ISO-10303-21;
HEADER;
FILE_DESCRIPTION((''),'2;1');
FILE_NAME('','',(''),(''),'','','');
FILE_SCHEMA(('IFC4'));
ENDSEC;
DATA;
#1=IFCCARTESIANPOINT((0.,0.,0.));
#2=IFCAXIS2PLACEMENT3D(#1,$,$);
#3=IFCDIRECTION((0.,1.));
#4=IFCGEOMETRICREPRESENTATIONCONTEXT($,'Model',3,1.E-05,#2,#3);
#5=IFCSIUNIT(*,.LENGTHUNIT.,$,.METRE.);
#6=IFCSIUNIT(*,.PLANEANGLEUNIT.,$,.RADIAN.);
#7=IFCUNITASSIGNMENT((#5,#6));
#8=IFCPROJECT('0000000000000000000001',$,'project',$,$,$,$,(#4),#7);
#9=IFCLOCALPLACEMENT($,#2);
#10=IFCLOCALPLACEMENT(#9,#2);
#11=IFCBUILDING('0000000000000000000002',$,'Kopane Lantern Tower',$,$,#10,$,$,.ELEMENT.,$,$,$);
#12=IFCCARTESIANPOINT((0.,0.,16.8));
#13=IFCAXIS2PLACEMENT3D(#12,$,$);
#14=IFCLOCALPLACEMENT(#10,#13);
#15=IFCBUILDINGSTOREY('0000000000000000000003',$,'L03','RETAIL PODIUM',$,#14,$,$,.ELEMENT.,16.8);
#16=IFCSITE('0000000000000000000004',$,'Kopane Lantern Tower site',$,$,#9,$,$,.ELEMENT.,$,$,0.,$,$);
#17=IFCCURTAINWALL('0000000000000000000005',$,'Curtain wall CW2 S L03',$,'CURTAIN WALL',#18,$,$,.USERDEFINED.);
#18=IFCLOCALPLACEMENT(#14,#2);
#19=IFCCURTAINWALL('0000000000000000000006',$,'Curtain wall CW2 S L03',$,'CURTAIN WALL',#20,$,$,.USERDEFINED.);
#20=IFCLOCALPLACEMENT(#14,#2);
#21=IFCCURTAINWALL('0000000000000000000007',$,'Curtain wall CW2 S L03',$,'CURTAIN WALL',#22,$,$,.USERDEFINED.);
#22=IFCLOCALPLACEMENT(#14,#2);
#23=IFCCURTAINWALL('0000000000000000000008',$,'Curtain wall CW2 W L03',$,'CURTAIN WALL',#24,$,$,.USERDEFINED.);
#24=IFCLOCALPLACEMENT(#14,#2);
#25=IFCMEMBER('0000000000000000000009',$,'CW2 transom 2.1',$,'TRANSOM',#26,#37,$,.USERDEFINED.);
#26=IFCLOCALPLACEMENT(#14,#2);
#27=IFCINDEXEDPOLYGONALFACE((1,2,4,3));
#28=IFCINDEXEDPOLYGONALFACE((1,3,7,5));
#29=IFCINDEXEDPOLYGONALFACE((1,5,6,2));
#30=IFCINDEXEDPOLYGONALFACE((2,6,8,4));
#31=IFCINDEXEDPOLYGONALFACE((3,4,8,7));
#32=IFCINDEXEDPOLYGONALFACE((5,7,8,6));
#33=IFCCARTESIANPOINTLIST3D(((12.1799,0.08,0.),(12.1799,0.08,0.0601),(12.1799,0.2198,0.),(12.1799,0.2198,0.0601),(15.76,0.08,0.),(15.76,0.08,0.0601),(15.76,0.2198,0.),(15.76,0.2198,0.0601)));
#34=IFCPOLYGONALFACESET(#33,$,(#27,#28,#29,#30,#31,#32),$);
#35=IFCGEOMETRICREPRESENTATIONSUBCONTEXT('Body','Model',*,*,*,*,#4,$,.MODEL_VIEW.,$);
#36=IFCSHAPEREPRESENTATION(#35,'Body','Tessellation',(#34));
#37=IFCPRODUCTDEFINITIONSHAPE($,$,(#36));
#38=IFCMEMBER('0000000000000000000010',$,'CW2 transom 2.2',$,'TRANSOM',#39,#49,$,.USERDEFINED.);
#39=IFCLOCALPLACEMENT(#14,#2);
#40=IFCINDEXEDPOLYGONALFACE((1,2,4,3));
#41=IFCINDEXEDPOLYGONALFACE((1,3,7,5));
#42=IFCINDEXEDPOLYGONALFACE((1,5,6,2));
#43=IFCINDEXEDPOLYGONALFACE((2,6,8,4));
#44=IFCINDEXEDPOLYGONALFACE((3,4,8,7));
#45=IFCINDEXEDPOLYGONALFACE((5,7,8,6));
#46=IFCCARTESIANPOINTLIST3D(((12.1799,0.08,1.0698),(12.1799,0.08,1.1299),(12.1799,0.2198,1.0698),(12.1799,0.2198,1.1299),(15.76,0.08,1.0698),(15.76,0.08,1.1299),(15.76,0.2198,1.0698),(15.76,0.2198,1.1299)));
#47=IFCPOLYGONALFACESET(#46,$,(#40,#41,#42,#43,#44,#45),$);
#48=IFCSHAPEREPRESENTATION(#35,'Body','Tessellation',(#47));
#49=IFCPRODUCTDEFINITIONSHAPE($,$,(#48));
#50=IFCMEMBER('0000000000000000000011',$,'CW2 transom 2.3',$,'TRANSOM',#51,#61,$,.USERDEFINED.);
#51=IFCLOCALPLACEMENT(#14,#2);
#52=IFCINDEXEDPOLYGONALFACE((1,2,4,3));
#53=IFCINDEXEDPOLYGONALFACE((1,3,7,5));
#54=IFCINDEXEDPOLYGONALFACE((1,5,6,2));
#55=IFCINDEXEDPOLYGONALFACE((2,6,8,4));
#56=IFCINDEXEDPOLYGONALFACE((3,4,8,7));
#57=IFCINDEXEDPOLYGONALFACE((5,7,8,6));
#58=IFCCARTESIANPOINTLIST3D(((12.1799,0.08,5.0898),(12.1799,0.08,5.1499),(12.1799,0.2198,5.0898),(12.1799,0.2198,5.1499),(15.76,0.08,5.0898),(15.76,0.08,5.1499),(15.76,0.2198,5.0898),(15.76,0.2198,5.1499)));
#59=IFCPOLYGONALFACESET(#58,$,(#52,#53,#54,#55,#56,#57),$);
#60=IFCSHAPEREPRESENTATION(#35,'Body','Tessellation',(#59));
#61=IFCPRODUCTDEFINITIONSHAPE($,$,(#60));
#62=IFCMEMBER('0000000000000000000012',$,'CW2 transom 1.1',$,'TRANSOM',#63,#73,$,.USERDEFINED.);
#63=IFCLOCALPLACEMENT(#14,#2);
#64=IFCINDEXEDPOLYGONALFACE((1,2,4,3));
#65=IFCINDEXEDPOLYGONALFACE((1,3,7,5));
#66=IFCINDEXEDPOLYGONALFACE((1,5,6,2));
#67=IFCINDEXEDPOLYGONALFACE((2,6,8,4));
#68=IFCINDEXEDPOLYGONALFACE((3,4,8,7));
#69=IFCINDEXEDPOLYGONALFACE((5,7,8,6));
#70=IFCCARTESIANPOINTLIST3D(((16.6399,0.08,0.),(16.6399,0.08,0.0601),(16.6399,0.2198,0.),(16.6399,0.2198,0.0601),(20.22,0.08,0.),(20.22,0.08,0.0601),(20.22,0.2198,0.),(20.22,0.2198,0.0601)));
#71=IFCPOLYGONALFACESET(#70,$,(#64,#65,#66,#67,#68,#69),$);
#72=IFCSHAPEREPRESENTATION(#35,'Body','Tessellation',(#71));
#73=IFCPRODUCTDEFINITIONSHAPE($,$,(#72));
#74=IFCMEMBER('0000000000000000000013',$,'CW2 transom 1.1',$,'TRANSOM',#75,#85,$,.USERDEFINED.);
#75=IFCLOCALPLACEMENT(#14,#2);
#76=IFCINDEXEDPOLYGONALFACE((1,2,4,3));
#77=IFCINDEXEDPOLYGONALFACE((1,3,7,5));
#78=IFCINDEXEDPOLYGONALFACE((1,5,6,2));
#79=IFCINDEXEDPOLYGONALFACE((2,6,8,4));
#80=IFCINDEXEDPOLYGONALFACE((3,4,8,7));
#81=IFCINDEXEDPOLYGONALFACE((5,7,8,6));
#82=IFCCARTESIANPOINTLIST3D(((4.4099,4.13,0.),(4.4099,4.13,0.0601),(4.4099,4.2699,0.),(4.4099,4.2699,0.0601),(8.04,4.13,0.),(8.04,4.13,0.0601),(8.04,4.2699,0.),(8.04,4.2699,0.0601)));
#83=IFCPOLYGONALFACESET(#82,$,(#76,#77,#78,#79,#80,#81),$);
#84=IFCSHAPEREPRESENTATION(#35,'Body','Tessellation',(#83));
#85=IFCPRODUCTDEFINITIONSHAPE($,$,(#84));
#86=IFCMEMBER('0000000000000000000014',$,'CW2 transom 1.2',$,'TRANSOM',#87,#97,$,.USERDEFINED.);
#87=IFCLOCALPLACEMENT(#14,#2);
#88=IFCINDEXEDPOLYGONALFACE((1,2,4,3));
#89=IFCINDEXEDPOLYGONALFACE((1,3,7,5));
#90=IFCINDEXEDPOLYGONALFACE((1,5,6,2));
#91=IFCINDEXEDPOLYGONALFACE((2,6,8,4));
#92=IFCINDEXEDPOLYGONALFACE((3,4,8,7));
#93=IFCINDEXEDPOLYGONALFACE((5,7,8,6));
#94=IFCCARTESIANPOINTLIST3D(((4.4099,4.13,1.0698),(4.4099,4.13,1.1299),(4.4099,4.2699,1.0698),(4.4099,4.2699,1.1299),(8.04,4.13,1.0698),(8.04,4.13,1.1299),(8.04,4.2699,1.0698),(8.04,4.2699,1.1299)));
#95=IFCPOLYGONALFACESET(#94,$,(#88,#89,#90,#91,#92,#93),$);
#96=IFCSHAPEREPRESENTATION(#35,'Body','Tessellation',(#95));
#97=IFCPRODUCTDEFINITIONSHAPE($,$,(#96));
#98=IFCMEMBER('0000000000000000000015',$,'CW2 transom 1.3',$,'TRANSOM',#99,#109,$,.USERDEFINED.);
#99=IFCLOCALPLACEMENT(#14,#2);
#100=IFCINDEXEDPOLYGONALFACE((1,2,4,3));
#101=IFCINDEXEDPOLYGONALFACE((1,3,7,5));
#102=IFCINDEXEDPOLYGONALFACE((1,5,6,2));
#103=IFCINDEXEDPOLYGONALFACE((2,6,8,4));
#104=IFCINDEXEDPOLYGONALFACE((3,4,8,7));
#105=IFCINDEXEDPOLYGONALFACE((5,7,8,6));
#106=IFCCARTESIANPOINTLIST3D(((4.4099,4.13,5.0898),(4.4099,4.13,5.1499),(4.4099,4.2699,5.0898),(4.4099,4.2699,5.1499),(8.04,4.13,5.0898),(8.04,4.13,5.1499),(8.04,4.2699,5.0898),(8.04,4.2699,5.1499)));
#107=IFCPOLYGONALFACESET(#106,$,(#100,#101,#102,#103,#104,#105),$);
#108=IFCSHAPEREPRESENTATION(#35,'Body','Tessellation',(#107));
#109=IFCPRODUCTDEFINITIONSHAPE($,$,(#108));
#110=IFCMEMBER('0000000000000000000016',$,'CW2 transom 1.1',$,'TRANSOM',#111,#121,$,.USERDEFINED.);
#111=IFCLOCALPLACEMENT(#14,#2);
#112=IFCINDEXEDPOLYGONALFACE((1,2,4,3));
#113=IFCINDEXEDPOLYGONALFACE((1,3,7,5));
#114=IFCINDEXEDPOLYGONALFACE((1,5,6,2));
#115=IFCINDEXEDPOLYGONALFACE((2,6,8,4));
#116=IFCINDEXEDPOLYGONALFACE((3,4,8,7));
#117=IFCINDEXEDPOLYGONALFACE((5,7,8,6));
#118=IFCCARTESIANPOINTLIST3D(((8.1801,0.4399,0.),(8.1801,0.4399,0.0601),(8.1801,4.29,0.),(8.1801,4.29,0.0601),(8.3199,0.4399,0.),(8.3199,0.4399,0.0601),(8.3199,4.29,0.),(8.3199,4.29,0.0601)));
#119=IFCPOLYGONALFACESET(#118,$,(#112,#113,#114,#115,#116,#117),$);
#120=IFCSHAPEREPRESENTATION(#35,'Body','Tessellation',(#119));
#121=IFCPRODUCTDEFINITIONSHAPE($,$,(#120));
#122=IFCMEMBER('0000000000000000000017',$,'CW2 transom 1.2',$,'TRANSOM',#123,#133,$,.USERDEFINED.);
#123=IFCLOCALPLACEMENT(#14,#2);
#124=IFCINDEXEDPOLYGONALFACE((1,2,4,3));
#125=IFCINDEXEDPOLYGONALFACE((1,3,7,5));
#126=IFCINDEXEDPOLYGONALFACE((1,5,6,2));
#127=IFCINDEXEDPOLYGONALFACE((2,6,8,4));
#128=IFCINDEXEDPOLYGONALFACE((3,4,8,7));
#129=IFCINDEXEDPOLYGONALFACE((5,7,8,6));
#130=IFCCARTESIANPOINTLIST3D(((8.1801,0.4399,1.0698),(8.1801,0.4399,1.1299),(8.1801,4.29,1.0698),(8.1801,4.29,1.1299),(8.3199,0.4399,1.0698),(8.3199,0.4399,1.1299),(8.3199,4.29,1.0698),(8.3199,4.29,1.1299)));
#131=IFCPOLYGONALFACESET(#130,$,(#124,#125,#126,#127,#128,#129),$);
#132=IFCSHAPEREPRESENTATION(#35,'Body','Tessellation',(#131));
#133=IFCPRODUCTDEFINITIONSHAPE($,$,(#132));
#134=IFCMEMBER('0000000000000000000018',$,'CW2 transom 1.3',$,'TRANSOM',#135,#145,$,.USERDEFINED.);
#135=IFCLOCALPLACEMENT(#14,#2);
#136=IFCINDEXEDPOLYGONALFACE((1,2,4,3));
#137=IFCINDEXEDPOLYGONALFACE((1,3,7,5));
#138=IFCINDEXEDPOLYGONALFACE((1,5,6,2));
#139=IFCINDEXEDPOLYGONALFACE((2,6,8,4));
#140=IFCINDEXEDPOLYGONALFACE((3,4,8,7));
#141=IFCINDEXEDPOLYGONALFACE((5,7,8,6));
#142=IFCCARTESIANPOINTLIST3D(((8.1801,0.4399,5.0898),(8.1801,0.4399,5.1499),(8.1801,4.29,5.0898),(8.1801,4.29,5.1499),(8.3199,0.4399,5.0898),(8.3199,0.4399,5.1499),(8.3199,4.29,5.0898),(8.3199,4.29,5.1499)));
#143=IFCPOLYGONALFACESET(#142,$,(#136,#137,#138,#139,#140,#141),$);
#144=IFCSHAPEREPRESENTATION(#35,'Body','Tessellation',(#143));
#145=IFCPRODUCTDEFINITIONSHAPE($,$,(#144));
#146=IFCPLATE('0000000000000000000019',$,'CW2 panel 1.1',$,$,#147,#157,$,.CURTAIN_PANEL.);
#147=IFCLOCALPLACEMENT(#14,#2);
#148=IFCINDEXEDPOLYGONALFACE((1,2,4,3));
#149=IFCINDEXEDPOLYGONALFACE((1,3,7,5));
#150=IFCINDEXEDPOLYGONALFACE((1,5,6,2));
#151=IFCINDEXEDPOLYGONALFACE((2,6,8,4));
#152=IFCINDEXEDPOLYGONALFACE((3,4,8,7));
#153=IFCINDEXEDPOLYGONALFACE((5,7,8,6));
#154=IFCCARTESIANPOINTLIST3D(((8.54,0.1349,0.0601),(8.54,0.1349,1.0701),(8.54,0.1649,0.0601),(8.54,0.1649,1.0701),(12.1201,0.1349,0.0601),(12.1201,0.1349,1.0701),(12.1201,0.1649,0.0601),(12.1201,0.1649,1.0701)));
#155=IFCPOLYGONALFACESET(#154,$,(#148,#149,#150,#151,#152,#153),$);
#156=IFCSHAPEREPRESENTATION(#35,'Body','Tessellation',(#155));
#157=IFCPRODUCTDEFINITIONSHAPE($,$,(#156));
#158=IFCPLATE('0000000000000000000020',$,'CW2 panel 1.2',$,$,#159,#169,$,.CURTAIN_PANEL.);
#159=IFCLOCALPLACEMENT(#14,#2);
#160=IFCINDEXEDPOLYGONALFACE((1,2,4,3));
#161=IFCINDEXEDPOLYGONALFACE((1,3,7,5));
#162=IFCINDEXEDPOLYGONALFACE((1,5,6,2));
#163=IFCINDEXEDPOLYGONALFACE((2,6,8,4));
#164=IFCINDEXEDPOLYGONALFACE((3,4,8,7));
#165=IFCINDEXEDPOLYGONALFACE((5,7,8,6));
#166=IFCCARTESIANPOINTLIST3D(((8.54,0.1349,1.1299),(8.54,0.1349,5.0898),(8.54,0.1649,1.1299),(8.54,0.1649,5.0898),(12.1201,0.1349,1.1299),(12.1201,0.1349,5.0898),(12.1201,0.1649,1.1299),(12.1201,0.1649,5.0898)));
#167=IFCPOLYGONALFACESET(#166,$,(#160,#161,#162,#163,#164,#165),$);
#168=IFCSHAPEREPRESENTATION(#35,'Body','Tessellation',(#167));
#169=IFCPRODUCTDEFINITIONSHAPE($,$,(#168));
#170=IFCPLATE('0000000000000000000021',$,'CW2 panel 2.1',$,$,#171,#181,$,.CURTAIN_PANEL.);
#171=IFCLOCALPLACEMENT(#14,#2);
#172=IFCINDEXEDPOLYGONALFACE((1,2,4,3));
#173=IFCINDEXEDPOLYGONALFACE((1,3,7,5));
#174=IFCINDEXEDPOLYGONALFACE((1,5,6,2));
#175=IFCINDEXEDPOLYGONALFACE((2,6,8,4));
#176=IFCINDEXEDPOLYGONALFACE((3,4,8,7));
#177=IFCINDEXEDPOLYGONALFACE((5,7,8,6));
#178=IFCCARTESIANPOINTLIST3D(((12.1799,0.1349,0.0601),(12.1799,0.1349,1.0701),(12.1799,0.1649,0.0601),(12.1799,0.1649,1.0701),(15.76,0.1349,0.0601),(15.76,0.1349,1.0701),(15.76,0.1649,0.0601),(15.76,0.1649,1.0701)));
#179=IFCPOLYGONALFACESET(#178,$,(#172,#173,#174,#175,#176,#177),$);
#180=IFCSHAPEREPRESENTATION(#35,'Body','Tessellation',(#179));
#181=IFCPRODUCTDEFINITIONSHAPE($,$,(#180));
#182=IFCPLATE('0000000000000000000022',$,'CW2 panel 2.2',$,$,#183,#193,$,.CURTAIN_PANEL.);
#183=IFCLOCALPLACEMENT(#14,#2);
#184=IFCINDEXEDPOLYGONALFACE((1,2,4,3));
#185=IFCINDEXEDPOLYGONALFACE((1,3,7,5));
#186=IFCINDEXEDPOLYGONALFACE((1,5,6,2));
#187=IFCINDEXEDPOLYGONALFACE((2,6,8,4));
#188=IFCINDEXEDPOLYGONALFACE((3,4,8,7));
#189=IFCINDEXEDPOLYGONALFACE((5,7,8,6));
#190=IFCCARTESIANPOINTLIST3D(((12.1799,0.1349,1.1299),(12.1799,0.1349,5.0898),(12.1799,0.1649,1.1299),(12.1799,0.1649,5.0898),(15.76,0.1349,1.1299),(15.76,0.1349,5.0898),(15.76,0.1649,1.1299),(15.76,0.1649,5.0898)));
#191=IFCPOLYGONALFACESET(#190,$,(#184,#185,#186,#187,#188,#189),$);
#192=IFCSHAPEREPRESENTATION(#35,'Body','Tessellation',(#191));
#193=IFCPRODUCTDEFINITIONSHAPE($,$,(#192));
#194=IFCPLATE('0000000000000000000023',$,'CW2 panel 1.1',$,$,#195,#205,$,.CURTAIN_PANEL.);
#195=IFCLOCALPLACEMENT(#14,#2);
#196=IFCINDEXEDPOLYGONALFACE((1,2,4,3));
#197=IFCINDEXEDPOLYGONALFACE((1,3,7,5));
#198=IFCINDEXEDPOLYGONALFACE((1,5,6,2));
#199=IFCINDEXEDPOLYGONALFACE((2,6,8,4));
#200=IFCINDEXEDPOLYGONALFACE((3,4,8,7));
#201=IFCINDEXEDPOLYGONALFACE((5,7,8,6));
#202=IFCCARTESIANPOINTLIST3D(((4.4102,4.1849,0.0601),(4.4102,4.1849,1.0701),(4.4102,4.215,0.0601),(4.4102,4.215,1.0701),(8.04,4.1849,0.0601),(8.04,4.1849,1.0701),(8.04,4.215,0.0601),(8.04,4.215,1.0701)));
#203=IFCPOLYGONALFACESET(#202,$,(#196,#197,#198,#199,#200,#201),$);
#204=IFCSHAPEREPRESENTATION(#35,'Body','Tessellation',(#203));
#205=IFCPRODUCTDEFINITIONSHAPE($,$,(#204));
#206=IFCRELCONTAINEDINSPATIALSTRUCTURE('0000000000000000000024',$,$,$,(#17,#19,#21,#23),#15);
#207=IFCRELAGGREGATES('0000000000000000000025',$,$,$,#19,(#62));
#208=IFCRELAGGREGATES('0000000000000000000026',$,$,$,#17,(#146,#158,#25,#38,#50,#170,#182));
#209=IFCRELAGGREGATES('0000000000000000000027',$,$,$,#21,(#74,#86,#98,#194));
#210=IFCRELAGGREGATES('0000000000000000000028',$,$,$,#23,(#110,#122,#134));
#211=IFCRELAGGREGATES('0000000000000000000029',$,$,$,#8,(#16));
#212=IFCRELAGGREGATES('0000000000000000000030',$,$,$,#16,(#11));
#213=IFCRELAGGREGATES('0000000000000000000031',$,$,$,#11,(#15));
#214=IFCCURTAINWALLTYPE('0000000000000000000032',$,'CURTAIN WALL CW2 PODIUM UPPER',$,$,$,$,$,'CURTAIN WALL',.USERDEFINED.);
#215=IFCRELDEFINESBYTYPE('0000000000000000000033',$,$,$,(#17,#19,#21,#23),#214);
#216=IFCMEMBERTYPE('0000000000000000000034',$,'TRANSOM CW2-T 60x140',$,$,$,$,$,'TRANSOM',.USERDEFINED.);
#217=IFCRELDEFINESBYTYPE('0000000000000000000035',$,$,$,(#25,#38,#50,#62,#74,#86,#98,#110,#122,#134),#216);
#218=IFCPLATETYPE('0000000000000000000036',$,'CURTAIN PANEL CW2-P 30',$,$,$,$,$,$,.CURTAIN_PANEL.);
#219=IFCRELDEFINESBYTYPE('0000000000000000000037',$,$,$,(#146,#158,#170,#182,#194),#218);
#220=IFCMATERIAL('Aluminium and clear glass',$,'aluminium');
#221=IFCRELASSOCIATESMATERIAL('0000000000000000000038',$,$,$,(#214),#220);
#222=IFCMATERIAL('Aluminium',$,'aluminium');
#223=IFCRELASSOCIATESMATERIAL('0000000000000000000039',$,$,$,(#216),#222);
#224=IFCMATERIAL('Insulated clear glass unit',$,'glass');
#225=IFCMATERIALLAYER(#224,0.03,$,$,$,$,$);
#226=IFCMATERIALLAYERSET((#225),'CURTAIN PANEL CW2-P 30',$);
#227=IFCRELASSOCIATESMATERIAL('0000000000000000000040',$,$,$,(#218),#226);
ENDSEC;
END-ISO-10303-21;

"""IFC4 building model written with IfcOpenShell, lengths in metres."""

from ifc_helpers import new_model, si_unit, direction, frame, origin, origin_2d, place, context, subcontext, project, spatial, rectangle, extrude, material, layer, layer_set, material_profile, profile_set, type_object, element, aggregate, save


model = new_model("IFC4")

# Units and contexts
model_context = context("Model", 3, precision=1e-05, world=origin(), true_north=direction((0.0, 1.0)))
body_context = subcontext(model_context, "Body", "Model", "MODEL_VIEW")
ifc_project = project(units=[si_unit("LENGTHUNIT", "METRE"), si_unit("PLANEANGLEUNIT", "RADIAN")], contexts=[model_context])

# Site, building, storey
site_placement = place(None, origin())
site = spatial("IfcSite", under=ifc_project, at=site_placement, Name="Kopane Lantern Tower site", CompositionType="ELEMENT", RefElevation=0.0)
building_placement = place(site_placement, origin())
building = spatial("IfcBuilding", under=site, at=building_placement, Name="Kopane Lantern Tower", CompositionType="ELEMENT")
storey_placement = place(building_placement, frame((0.0, 0.0, 16.8)))
storey = spatial("IfcBuildingStorey", under=building, at=storey_placement, Name="L03", Description="RETAIL PODIUM", CompositionType="ELEMENT", Elevation=16.8)

# Curtain wall
ifc_material_1 = material(Name="Aluminium and clear glass", Category="aluminium")
curtain_wall_type = type_object("IfcCurtainWallType", Name="CURTAIN WALL CW2 PODIUM UPPER", ElementType="CURTAIN WALL", PredefinedType="USERDEFINED", material=ifc_material_1)
curtain_wall_1_placement = place(storey_placement, origin())
curtain_wall_1 = element("IfcCurtainWall", 1, at=curtain_wall_1_placement, inside=storey, type_object=curtain_wall_type, Name="Curtain wall CW2 S L03", ObjectType="CURTAIN WALL", PredefinedType="USERDEFINED")

# Curtain wall
curtain_wall_2_placement = place(storey_placement, origin())
curtain_wall_2 = element("IfcCurtainWall", 2, at=curtain_wall_2_placement, inside=storey, type_object=curtain_wall_type, Name="Curtain wall CW2 S L03", ObjectType="CURTAIN WALL", PredefinedType="USERDEFINED")

# Curtain walls
curtain_wall_3_placement = place(storey_placement, origin())
curtain_wall_3 = element("IfcCurtainWall", 3, at=curtain_wall_3_placement, inside=storey, type_object=curtain_wall_type, Name="Curtain wall CW2 S L03", ObjectType="CURTAIN WALL", PredefinedType="USERDEFINED")
curtain_wall_4_placement = place(storey_placement, origin())
curtain_wall_4 = element("IfcCurtainWall", 4, at=curtain_wall_4_placement, inside=storey, type_object=curtain_wall_type, Name="Curtain wall CW2 W L03", ObjectType="CURTAIN WALL", PredefinedType="USERDEFINED")

# Members
ifc_material_2 = material(Name="Aluminium", Category="aluminium")
ifc_material_profile_1 = material_profile(ifc_material_2, rectangle(XDim=0.1399, YDim=0.0601, at=origin_2d()), Name="AL 140x60")
ifc_profile_set_1 = profile_set([ifc_material_profile_1], Name="Aluminium")
member_type_1 = type_object("IfcMemberType", Name="TRANSOM CW2-T 60x140", ElementType="TRANSOM", PredefinedType="USERDEFINED", material=ifc_profile_set_1)
member_1_placement = place(storey_placement, frame((12.1799, 0.1499, 0.03), z_axis=(1.0, 0.0, 0.0), x_axis=(0.0, 1.0, 0.0)))
member_1 = element("IfcMember", 5, at=member_1_placement, type_object=member_type_1, Name="CW2 transom 2.1", ObjectType="TRANSOM", PredefinedType="USERDEFINED", context=body_context, shape_type="SweptSolid", body=[
    extrude(rectangle(XDim=0.1399, YDim=0.0601, at=origin_2d()), origin(), (0.0, 0.0, 1.0), 3.5801),
])
member_2_placement = place(storey_placement, frame((12.1799, 0.1499, 1.0999), z_axis=(1.0, 0.0, 0.0), x_axis=(0.0, 1.0, 0.0)))
member_2 = element("IfcMember", 6, at=member_2_placement, type_object=member_type_1, Name="CW2 transom 2.2", ObjectType="TRANSOM", PredefinedType="USERDEFINED", context=body_context, shape_type="SweptSolid", body=[
    extrude(rectangle(XDim=0.1399, YDim=0.0601, at=origin_2d()), origin(), (0.0, 0.0, 1.0), 3.5801),
])
member_3_placement = place(storey_placement, frame((12.1799, 0.1499, 5.1199), z_axis=(1.0, 0.0, 0.0), x_axis=(0.0, 1.0, 0.0)))
member_3 = element("IfcMember", 7, at=member_3_placement, type_object=member_type_1, Name="CW2 transom 2.3", ObjectType="TRANSOM", PredefinedType="USERDEFINED", context=body_context, shape_type="SweptSolid", body=[
    extrude(rectangle(XDim=0.1399, YDim=0.0601, at=origin_2d()), origin(), (0.0, 0.0, 1.0), 3.5801),
])
member_4_placement = place(storey_placement, frame((16.6399, 0.1499, 0.03), z_axis=(1.0, 0.0, 0.0), x_axis=(0.0, 1.0, 0.0)))
member_4 = element("IfcMember", 8, at=member_4_placement, type_object=member_type_1, Name="CW2 transom 1.1", ObjectType="TRANSOM", PredefinedType="USERDEFINED", context=body_context, shape_type="SweptSolid", body=[
    extrude(rectangle(XDim=0.1399, YDim=0.0601, at=origin_2d()), origin(), (0.0, 0.0, 1.0), 3.5801),
])
aggregate(curtain_wall_2, [member_4])
member_5_placement = place(storey_placement, frame((4.4099, 4.2, 0.03), z_axis=(1.0, 0.0, 0.0), x_axis=(0.0, 1.0, 0.0)))
member_5 = element("IfcMember", 9, at=member_5_placement, type_object=member_type_1, Name="CW2 transom 1.1", ObjectType="TRANSOM", PredefinedType="USERDEFINED", context=body_context, shape_type="SweptSolid", body=[
    extrude(rectangle(XDim=0.1399, YDim=0.0601, at=origin_2d()), origin(), (0.0, 0.0, 1.0), 3.6301),
])
member_6_placement = place(storey_placement, frame((4.4099, 4.2, 1.0999), z_axis=(1.0, 0.0, 0.0), x_axis=(0.0, 1.0, 0.0)))
member_6 = element("IfcMember", 10, at=member_6_placement, type_object=member_type_1, Name="CW2 transom 1.2", ObjectType="TRANSOM", PredefinedType="USERDEFINED", context=body_context, shape_type="SweptSolid", body=[
    extrude(rectangle(XDim=0.1399, YDim=0.0601, at=origin_2d()), origin(), (0.0, 0.0, 1.0), 3.6301),
])
member_7_placement = place(storey_placement, frame((4.4099, 4.2, 5.1199), z_axis=(1.0, 0.0, 0.0), x_axis=(0.0, 1.0, 0.0)))
member_7 = element("IfcMember", 11, at=member_7_placement, type_object=member_type_1, Name="CW2 transom 1.3", ObjectType="TRANSOM", PredefinedType="USERDEFINED", context=body_context, shape_type="SweptSolid", body=[
    extrude(rectangle(XDim=0.1399, YDim=0.0601, at=origin_2d()), origin(), (0.0, 0.0, 1.0), 3.6301),
])
member_8_placement = place(storey_placement, frame((8.25, 4.29, 0.03), z_axis=(0.0, -1.0, 0.0), x_axis=(1.0, 0.0, 0.0)))
member_8 = element("IfcMember", 12, at=member_8_placement, type_object=member_type_1, Name="CW2 transom 1.1", ObjectType="TRANSOM", PredefinedType="USERDEFINED", context=body_context, shape_type="SweptSolid", body=[
    extrude(rectangle(XDim=0.1399, YDim=0.0601, at=origin_2d()), origin(), (0.0, 0.0, 1.0), 3.8501),
])
member_9_placement = place(storey_placement, frame((8.25, 4.29, 1.0999), z_axis=(0.0, -1.0, 0.0), x_axis=(1.0, 0.0, 0.0)))
member_9 = element("IfcMember", 13, at=member_9_placement, type_object=member_type_1, Name="CW2 transom 1.2", ObjectType="TRANSOM", PredefinedType="USERDEFINED", context=body_context, shape_type="SweptSolid", body=[
    extrude(rectangle(XDim=0.1399, YDim=0.0601, at=origin_2d()), origin(), (0.0, 0.0, 1.0), 3.8501),
])
member_10_placement = place(storey_placement, frame((8.25, 4.29, 5.1199), z_axis=(0.0, -1.0, 0.0), x_axis=(1.0, 0.0, 0.0)))
member_10 = element("IfcMember", 14, at=member_10_placement, type_object=member_type_1, Name="CW2 transom 1.3", ObjectType="TRANSOM", PredefinedType="USERDEFINED", context=body_context, shape_type="SweptSolid", body=[
    extrude(rectangle(XDim=0.1399, YDim=0.0601, at=origin_2d()), origin(), (0.0, 0.0, 1.0), 3.8501),
])

# Plates
ifc_material_3 = material(Name="Insulated clear glass unit", Category="glass")
ifc_layer_1 = layer(ifc_material_3, 0.03)
ifc_layer_set_1 = layer_set([ifc_layer_1], Name="CURTAIN PANEL CW2-P 30")
plate_type = type_object("IfcPlateType", Name="CURTAIN PANEL CW2-P 30", PredefinedType="CURTAIN_PANEL", material=ifc_layer_set_1)
plate_1_placement = place(storey_placement, frame((10.3301, 0.1499, 0.0601), z_axis=(0.0, 0.0, 1.0), x_axis=(1.0, 0.0, 0.0)))
plate_1 = element("IfcPlate", 15, at=plate_1_placement, type_object=plate_type, Name="CW2 panel 1.1", PredefinedType="CURTAIN_PANEL", context=body_context, shape_type="SweptSolid", body=[
    extrude(rectangle(XDim=3.5801, YDim=0.03, at=origin_2d()), origin(), (0.0, 0.0, 1.0), 1.01),
])
plate_2_placement = place(storey_placement, frame((10.3301, 0.1499, 1.1299), z_axis=(0.0, 0.0, 1.0), x_axis=(1.0, 0.0, 0.0)))
plate_2 = element("IfcPlate", 16, at=plate_2_placement, type_object=plate_type, Name="CW2 panel 1.2", PredefinedType="CURTAIN_PANEL", context=body_context, shape_type="SweptSolid", body=[
    extrude(rectangle(XDim=3.5801, YDim=0.03, at=origin_2d()), origin(), (0.0, 0.0, 1.0), 3.96),
])
plate_3_placement = place(storey_placement, frame((13.97, 0.1499, 0.0601), z_axis=(0.0, 0.0, 1.0), x_axis=(1.0, 0.0, 0.0)))
plate_3 = element("IfcPlate", 17, at=plate_3_placement, type_object=plate_type, Name="CW2 panel 2.1", PredefinedType="CURTAIN_PANEL", context=body_context, shape_type="SweptSolid", body=[
    extrude(rectangle(XDim=3.5801, YDim=0.03, at=origin_2d()), origin(), (0.0, 0.0, 1.0), 1.01),
])
plate_4_placement = place(storey_placement, frame((13.97, 0.1499, 1.1299), z_axis=(0.0, 0.0, 1.0), x_axis=(1.0, 0.0, 0.0)))
plate_4 = element("IfcPlate", 18, at=plate_4_placement, type_object=plate_type, Name="CW2 panel 2.2", PredefinedType="CURTAIN_PANEL", context=body_context, shape_type="SweptSolid", body=[
    extrude(rectangle(XDim=3.5801, YDim=0.03, at=origin_2d()), origin(), (0.0, 0.0, 1.0), 3.96),
])
aggregate(curtain_wall_1, [plate_1, plate_2, member_1, member_2, member_3, plate_3, plate_4])
plate_5_placement = place(storey_placement, frame((6.2251, 4.2, 0.0601), z_axis=(0.0, 0.0, 1.0), x_axis=(1.0, 0.0, 0.0)))
plate_5 = element("IfcPlate", 19, at=plate_5_placement, type_object=plate_type, Name="CW2 panel 1.1", PredefinedType="CURTAIN_PANEL", context=body_context, shape_type="SweptSolid", body=[
    extrude(rectangle(XDim=3.6299, YDim=0.03, at=origin_2d()), origin(), (0.0, 0.0, 1.0), 1.01),
])
aggregate(curtain_wall_3, [member_5, member_6, member_7, plate_5])
aggregate(curtain_wall_4, [member_8, member_9, member_10])

save(model, "model.ifc")
